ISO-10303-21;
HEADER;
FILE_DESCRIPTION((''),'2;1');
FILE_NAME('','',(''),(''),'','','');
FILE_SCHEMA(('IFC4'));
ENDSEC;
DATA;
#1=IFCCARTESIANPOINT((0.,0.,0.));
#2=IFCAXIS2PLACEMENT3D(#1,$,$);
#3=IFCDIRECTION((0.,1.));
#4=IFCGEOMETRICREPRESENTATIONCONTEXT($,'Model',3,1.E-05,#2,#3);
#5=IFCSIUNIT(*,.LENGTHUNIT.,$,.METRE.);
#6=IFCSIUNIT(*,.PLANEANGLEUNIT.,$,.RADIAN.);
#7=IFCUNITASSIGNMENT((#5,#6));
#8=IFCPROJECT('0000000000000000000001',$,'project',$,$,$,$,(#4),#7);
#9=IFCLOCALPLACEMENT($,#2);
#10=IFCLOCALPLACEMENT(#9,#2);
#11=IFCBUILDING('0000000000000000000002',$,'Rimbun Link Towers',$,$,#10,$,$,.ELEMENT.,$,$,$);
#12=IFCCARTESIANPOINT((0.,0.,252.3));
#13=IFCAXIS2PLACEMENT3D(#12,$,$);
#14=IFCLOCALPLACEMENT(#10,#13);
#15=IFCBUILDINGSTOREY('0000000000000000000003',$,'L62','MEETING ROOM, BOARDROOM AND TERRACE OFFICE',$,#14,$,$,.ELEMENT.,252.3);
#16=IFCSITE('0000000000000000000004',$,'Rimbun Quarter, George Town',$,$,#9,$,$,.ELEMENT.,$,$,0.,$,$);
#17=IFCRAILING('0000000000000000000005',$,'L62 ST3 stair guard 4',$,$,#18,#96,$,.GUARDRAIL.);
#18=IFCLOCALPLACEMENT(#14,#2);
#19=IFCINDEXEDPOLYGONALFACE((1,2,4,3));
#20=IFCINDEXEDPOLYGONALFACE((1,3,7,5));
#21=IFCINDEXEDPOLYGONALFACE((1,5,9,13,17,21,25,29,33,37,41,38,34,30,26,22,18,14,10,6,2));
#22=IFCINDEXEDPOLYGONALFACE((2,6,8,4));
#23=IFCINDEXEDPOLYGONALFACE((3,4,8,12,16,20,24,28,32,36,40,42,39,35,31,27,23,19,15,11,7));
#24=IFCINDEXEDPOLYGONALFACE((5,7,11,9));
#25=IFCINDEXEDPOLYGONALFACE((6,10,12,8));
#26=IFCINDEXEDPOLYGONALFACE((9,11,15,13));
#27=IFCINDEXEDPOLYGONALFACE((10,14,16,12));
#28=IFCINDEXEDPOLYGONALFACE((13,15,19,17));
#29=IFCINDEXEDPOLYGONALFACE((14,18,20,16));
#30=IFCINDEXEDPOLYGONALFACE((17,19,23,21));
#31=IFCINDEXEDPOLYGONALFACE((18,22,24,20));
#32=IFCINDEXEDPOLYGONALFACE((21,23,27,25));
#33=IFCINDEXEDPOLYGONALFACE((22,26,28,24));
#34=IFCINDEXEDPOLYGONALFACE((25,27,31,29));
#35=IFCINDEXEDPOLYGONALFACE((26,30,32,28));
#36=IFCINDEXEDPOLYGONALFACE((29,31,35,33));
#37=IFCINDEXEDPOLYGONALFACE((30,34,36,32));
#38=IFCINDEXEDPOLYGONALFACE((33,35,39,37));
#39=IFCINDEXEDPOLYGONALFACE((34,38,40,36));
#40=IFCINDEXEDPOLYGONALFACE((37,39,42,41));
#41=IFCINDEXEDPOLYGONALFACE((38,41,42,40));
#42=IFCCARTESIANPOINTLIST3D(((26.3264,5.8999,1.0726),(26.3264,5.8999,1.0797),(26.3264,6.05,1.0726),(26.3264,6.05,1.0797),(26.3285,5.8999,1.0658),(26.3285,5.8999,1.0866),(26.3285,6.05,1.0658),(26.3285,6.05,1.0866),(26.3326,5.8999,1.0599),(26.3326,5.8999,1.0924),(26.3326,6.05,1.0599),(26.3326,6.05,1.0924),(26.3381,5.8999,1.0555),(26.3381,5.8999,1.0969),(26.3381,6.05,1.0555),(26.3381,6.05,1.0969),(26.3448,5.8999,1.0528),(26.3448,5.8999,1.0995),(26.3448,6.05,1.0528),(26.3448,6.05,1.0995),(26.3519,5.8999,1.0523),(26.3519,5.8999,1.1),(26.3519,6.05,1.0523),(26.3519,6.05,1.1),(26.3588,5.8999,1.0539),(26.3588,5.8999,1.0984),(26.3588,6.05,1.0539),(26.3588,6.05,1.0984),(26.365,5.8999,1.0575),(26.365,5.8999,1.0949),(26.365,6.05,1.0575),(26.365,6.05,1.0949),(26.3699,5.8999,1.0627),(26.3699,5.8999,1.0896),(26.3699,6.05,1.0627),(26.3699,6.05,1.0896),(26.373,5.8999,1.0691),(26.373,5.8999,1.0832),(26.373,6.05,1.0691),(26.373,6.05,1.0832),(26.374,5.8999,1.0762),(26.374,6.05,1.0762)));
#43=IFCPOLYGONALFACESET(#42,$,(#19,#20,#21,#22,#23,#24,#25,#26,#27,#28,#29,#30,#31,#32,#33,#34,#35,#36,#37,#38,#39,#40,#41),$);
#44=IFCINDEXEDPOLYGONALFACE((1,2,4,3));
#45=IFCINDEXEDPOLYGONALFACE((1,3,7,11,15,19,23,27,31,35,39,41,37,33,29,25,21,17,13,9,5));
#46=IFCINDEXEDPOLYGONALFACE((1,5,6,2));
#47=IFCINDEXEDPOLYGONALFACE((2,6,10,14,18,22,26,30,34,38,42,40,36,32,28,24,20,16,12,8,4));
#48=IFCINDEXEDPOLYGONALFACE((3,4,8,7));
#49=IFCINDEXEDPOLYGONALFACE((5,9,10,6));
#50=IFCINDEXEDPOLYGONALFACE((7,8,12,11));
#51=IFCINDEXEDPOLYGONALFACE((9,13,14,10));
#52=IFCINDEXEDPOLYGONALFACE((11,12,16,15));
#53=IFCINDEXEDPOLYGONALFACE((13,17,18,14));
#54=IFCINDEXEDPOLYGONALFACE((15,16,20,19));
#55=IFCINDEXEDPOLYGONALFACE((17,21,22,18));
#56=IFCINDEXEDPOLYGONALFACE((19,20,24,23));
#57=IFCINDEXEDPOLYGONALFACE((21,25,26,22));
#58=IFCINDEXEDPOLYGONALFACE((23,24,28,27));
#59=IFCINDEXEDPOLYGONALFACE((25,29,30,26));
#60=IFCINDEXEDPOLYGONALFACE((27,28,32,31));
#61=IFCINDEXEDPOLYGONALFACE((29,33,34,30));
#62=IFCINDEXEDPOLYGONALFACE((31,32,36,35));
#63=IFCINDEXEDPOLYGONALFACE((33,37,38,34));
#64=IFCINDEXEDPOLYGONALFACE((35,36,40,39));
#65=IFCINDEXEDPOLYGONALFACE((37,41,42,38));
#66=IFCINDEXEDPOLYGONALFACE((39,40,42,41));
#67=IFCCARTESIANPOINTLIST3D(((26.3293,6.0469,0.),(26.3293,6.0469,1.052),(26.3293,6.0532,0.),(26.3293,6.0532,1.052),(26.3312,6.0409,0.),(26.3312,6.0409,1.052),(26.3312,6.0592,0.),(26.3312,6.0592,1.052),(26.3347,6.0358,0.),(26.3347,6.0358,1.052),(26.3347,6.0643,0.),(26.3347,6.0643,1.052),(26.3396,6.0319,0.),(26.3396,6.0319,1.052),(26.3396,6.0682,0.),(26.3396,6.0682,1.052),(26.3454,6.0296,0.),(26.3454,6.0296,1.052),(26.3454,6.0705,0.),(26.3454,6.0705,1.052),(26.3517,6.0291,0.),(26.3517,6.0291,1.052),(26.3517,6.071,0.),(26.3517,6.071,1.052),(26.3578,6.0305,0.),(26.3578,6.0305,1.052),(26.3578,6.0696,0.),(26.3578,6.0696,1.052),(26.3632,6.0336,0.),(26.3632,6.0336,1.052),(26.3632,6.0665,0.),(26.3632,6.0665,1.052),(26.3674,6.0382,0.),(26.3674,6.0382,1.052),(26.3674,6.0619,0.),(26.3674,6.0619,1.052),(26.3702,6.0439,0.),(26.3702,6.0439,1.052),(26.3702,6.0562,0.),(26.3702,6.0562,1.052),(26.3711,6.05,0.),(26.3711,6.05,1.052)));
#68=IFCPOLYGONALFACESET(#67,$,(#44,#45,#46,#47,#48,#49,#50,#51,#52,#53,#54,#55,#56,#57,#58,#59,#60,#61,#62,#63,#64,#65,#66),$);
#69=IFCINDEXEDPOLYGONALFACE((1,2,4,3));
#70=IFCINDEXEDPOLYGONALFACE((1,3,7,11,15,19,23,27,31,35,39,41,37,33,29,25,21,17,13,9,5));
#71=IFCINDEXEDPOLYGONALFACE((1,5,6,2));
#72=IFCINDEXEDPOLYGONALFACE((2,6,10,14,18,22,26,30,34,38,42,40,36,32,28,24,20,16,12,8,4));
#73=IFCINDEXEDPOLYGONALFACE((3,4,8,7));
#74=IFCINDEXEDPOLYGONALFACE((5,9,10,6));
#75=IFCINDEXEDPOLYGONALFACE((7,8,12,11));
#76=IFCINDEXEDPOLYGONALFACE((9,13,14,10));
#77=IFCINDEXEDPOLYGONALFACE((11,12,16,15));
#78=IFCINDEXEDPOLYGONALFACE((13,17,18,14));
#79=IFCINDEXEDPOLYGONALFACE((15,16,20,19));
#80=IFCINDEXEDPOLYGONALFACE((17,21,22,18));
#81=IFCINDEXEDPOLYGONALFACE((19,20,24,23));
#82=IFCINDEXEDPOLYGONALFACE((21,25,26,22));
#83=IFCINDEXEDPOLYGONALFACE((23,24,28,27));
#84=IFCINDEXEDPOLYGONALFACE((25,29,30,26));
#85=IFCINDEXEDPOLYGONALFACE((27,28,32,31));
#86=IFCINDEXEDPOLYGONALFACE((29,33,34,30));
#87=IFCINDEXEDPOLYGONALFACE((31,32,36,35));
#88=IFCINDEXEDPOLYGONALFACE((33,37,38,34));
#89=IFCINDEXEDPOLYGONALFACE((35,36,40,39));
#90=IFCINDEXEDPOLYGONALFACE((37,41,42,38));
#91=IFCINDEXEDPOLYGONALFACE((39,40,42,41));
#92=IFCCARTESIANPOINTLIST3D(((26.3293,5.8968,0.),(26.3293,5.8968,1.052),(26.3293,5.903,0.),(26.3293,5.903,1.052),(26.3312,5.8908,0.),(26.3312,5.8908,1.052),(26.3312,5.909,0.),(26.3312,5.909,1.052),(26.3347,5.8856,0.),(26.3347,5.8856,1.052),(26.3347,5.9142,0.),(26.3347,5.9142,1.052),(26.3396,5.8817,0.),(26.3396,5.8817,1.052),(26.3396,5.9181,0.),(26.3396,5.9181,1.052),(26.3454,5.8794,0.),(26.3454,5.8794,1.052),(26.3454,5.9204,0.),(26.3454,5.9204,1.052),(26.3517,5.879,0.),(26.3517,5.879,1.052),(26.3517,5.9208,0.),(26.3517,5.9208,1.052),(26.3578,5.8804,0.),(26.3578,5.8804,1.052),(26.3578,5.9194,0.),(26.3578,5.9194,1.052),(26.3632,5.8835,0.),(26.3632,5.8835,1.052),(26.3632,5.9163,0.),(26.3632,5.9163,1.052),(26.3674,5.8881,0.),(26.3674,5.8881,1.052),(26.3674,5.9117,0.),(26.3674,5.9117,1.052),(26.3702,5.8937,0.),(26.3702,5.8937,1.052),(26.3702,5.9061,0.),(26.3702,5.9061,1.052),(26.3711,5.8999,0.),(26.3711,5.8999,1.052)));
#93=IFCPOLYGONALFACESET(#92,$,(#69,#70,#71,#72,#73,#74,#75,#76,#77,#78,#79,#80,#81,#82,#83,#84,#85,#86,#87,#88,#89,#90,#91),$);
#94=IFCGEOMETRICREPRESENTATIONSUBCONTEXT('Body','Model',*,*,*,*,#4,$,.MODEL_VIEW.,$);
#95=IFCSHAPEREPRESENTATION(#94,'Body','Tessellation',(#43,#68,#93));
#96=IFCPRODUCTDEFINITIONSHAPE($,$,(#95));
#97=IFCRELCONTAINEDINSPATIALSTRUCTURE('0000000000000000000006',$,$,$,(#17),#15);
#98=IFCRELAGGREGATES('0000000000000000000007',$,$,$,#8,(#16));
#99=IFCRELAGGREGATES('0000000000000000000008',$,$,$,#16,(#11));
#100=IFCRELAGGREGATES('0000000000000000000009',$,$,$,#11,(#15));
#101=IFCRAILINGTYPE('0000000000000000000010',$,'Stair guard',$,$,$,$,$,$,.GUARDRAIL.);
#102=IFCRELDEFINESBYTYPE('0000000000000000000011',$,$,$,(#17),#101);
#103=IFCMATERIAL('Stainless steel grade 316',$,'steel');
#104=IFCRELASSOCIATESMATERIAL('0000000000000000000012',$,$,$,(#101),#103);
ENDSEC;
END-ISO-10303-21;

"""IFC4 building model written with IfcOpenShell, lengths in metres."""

from ifc_helpers import new_model, si_unit, direction, frame, origin, origin_2d, place, context, subcontext, project, spatial, circle, extrude, material, type_object, element, save


model = new_model("IFC4")

# Units and contexts
model_context = context("Model", 3, precision=1e-05, world=origin(), true_north=direction((0.0, 1.0)))
body_context = subcontext(model_context, "Body", "Model", "MODEL_VIEW")
ifc_project = project(units=[si_unit("LENGTHUNIT", "METRE"), si_unit("PLANEANGLEUNIT", "RADIAN")], contexts=[model_context])

# Site, building, storey
site_placement = place(None, origin())
site = spatial("IfcSite", under=ifc_project, at=site_placement, Name="Rimbun Quarter, George Town", CompositionType="ELEMENT", RefElevation=0.0)
building_placement = place(site_placement, origin())
building = spatial("IfcBuilding", under=site, at=building_placement, Name="Rimbun Link Towers", CompositionType="ELEMENT")
storey_placement = place(building_placement, frame((0.0, 0.0, 252.3)))
storey = spatial("IfcBuildingStorey", under=building, at=storey_placement, Name="L62", Description="MEETING ROOM, BOARDROOM AND TERRACE OFFICE", CompositionType="ELEMENT", Elevation=252.3)

# Railing
ifc_material_1 = material(Name="Stainless steel grade 316", Category="steel")
railing_type_1 = type_object("IfcRailingType", Name="Stair guard", PredefinedType="GUARDRAIL", material=ifc_material_1)
railing_1_placement = place(storey_placement, frame((26.3501, 6.05, 0.0)))
element("IfcRailing", 1, at=railing_1_placement, inside=storey, type_object=railing_type_1, Name="L62 ST3 stair guard 4", PredefinedType="GUARDRAIL", context=body_context, shape_type="SweptSolid", body=[
    extrude(circle(Radius=0.0239, at=origin_2d()), frame((0.0, 0.0, 1.0762), z_axis=(0.0, -1.0, 0.0), x_axis=(1.0, 0.0, 0.0)), (0.0, 0.0, 1.0), 0.1501),
    extrude(circle(Radius=0.021, at=origin_2d()), origin(), (0.0, 0.0, 1.0), 1.052),
    extrude(circle(Radius=0.021, at=origin_2d()), frame((0.0, -0.1501, 0.0)), (0.0, 0.0, 1.0), 1.052),
])

save(model, "model.ifc")
